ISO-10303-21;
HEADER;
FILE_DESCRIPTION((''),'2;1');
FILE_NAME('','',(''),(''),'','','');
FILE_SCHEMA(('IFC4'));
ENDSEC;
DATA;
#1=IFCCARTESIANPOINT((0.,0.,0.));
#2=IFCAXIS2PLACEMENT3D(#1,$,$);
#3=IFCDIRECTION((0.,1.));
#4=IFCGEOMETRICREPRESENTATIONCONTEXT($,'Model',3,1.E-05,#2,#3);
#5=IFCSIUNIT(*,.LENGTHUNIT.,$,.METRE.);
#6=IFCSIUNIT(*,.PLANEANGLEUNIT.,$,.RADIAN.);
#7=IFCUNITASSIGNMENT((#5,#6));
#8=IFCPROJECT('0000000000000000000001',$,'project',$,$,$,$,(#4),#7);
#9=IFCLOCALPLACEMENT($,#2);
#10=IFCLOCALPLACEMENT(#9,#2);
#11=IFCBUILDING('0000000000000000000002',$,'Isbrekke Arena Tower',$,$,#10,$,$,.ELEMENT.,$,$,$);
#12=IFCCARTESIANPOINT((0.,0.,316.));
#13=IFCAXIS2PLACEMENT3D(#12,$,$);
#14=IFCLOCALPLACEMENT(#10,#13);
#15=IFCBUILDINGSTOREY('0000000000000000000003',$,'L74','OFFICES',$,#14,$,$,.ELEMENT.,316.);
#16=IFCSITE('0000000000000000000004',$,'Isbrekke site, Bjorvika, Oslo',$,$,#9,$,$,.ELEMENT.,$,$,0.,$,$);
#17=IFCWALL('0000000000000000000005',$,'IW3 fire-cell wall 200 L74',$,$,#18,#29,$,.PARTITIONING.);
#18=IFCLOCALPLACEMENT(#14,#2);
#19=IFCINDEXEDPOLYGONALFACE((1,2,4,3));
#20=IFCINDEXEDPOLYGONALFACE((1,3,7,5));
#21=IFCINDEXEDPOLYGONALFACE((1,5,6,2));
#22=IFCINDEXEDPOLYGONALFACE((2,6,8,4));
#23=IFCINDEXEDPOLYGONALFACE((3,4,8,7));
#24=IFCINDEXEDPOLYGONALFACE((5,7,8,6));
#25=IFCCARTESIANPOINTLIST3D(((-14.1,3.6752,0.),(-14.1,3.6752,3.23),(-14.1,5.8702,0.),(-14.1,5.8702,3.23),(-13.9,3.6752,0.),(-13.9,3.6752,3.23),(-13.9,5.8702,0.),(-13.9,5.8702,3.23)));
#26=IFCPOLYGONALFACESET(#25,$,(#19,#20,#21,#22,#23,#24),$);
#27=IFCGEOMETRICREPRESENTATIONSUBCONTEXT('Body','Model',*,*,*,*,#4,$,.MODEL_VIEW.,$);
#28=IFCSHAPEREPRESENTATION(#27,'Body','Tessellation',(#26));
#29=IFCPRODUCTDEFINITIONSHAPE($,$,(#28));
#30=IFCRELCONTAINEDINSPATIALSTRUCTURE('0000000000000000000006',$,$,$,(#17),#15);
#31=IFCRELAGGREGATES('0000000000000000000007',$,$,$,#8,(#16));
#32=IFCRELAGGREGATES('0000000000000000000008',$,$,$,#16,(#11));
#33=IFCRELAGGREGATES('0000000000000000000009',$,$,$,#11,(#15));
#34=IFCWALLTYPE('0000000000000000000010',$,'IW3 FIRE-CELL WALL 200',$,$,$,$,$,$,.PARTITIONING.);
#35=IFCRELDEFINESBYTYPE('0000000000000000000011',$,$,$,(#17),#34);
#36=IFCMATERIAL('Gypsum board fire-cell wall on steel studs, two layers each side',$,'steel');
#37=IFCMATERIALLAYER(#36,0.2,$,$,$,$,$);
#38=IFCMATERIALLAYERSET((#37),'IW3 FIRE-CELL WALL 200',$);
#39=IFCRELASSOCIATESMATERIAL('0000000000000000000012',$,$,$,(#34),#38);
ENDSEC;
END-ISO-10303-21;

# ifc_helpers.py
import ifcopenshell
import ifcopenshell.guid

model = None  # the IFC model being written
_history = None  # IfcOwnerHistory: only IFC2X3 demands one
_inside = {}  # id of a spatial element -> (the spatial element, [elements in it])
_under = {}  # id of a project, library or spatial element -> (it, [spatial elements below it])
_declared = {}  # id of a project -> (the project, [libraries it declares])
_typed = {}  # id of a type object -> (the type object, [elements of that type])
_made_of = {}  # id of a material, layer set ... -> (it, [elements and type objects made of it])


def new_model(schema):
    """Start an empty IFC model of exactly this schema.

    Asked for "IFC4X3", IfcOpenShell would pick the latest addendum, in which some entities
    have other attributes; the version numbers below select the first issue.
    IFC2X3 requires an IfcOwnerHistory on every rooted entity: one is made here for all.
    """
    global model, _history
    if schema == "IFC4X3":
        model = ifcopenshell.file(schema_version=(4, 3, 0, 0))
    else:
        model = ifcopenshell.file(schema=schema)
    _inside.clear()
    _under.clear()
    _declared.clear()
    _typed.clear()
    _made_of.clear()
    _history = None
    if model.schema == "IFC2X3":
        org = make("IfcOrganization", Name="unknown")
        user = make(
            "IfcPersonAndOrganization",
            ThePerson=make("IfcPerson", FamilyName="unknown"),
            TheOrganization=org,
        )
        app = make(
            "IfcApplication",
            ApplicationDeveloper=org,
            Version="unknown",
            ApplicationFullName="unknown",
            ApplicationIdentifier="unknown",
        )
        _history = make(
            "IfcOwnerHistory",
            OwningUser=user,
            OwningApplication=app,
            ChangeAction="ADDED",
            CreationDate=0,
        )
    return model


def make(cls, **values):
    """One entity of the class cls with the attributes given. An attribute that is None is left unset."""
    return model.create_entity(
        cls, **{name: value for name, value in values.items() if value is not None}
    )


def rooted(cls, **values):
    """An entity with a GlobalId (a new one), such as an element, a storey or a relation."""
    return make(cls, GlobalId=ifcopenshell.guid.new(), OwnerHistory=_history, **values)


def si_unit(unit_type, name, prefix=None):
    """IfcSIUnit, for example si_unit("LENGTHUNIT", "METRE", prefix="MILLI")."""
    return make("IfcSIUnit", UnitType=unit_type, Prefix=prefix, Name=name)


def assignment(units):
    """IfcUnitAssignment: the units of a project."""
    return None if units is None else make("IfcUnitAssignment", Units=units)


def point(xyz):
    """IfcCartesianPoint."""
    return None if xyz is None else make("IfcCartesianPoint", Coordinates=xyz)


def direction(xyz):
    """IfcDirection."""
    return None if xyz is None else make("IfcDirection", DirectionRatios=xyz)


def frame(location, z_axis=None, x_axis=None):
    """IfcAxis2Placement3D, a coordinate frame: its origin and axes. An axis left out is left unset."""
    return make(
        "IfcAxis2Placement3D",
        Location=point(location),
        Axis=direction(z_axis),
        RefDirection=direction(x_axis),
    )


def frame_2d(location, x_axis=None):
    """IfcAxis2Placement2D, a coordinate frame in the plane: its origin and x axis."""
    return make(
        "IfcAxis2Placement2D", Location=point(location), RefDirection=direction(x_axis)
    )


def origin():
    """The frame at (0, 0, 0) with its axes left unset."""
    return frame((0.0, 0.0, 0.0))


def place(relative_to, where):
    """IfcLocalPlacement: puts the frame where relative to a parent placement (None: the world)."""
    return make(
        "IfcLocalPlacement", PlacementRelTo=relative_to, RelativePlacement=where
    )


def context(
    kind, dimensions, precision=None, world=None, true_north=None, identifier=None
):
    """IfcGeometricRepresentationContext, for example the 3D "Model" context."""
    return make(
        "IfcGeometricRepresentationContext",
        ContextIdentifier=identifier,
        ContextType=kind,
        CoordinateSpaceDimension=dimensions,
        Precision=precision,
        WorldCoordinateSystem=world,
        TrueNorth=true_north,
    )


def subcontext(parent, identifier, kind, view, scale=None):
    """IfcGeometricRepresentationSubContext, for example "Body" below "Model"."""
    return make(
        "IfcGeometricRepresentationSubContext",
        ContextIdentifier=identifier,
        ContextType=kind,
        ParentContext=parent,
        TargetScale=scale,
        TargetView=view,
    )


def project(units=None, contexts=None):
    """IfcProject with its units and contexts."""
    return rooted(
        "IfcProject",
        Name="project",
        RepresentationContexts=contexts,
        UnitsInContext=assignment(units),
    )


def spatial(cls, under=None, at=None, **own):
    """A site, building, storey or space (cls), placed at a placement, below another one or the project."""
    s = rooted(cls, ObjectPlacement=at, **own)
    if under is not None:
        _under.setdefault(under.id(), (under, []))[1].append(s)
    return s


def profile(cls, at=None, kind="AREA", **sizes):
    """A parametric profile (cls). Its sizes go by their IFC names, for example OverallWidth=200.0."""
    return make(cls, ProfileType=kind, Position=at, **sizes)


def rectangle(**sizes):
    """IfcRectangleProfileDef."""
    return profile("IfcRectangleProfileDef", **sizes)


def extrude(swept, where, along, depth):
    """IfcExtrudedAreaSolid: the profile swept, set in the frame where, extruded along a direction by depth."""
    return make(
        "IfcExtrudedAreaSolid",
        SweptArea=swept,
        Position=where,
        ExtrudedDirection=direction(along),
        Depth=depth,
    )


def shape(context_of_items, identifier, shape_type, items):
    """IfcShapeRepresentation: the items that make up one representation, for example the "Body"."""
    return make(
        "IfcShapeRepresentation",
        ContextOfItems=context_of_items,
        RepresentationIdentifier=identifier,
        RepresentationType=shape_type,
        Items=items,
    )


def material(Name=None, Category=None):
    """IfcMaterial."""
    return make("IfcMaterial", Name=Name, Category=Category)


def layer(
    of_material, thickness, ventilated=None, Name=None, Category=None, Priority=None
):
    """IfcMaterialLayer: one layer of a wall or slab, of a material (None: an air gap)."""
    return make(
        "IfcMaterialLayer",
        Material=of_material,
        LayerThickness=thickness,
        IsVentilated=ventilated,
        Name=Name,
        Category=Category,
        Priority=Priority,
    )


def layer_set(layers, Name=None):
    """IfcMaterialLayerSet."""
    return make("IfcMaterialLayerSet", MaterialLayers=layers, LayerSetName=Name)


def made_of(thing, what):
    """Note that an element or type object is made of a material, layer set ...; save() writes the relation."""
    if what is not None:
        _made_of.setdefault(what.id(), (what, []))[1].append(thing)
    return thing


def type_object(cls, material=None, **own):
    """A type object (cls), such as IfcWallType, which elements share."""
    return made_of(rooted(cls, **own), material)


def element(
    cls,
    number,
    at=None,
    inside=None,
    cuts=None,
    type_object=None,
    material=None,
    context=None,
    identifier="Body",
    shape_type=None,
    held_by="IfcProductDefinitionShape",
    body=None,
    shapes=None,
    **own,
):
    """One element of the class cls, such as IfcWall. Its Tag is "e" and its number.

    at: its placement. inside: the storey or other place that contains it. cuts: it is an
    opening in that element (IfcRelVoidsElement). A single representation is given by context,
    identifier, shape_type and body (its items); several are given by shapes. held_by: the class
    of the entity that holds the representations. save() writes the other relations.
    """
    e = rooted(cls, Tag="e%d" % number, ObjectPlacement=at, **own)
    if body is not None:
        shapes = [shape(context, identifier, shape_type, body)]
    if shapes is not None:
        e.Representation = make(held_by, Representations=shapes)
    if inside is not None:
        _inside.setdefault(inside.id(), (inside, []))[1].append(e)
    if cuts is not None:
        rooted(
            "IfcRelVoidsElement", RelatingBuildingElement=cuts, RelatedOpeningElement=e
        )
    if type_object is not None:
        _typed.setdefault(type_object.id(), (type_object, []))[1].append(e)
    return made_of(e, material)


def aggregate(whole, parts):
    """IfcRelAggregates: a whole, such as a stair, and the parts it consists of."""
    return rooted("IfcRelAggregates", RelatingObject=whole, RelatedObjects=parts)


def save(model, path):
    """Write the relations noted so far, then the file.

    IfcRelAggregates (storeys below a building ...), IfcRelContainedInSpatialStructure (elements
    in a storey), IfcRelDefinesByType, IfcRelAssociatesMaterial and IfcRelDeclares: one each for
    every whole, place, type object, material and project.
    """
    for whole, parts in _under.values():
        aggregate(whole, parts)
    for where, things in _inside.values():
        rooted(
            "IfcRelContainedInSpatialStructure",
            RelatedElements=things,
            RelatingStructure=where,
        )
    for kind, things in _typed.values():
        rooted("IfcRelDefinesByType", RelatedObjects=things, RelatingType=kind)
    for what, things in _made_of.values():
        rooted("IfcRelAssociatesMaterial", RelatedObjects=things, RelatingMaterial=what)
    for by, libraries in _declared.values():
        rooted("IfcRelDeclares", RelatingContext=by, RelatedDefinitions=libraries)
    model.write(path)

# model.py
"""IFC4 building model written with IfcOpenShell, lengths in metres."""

from ifc_helpers import new_model, si_unit, direction, frame, frame_2d, origin, place, context, subcontext, project, spatial, rectangle, extrude, material, layer, layer_set, type_object, element, save


model = new_model("IFC4")

# Units and contexts
model_context = context("Model", 3, precision=1e-05, world=origin(), true_north=direction((0.0, 1.0)))
body_context = subcontext(model_context, "Body", "Model", "MODEL_VIEW")
ifc_project = project(units=[si_unit("LENGTHUNIT", "METRE"), si_unit("PLANEANGLEUNIT", "RADIAN")], contexts=[model_context])

# Site, building, storey
site_placement = place(None, origin())
site = spatial("IfcSite", under=ifc_project, at=site_placement, Name="Isbrekke site, Bjorvika, Oslo", CompositionType="ELEMENT", RefElevation=0.0)
building_placement = place(site_placement, origin())
building = spatial("IfcBuilding", under=site, at=building_placement, Name="Isbrekke Arena Tower", CompositionType="ELEMENT")
storey_placement = place(building_placement, frame((0.0, 0.0, 316.0)))
storey = spatial("IfcBuildingStorey", under=building, at=storey_placement, Name="L74", Description="OFFICES", CompositionType="ELEMENT", Elevation=316.0)

# Wall
ifc_material_1 = material(Name="Gypsum board fire-cell wall on steel studs, two layers each side", Category="steel")
ifc_layer_1 = layer(ifc_material_1, 0.2)
ifc_layer_set_1 = layer_set([ifc_layer_1], Name="IW3 FIRE-CELL WALL 200")
wall_type_1 = type_object("IfcWallType", Name="IW3 FIRE-CELL WALL 200", PredefinedType="PARTITIONING", material=ifc_layer_set_1)
wall_1_placement = place(storey_placement, frame((-14.0, 3.675, 0.0), z_axis=(0.0, 0.0, 1.0), x_axis=(0.0, 1.0, 0.0)))
element("IfcWall", 1, at=wall_1_placement, inside=storey, type_object=wall_type_1, Name="IW3 fire-cell wall 200 L74", PredefinedType="PARTITIONING", context=body_context, shape_type="SweptSolid", body=[
    extrude(rectangle(XDim=2.1951, YDim=0.2, at=frame_2d((1.0977, 0.0))), origin(), (0.0, 0.0, 1.0), 3.23),
])

save(model, "model.ifc")
